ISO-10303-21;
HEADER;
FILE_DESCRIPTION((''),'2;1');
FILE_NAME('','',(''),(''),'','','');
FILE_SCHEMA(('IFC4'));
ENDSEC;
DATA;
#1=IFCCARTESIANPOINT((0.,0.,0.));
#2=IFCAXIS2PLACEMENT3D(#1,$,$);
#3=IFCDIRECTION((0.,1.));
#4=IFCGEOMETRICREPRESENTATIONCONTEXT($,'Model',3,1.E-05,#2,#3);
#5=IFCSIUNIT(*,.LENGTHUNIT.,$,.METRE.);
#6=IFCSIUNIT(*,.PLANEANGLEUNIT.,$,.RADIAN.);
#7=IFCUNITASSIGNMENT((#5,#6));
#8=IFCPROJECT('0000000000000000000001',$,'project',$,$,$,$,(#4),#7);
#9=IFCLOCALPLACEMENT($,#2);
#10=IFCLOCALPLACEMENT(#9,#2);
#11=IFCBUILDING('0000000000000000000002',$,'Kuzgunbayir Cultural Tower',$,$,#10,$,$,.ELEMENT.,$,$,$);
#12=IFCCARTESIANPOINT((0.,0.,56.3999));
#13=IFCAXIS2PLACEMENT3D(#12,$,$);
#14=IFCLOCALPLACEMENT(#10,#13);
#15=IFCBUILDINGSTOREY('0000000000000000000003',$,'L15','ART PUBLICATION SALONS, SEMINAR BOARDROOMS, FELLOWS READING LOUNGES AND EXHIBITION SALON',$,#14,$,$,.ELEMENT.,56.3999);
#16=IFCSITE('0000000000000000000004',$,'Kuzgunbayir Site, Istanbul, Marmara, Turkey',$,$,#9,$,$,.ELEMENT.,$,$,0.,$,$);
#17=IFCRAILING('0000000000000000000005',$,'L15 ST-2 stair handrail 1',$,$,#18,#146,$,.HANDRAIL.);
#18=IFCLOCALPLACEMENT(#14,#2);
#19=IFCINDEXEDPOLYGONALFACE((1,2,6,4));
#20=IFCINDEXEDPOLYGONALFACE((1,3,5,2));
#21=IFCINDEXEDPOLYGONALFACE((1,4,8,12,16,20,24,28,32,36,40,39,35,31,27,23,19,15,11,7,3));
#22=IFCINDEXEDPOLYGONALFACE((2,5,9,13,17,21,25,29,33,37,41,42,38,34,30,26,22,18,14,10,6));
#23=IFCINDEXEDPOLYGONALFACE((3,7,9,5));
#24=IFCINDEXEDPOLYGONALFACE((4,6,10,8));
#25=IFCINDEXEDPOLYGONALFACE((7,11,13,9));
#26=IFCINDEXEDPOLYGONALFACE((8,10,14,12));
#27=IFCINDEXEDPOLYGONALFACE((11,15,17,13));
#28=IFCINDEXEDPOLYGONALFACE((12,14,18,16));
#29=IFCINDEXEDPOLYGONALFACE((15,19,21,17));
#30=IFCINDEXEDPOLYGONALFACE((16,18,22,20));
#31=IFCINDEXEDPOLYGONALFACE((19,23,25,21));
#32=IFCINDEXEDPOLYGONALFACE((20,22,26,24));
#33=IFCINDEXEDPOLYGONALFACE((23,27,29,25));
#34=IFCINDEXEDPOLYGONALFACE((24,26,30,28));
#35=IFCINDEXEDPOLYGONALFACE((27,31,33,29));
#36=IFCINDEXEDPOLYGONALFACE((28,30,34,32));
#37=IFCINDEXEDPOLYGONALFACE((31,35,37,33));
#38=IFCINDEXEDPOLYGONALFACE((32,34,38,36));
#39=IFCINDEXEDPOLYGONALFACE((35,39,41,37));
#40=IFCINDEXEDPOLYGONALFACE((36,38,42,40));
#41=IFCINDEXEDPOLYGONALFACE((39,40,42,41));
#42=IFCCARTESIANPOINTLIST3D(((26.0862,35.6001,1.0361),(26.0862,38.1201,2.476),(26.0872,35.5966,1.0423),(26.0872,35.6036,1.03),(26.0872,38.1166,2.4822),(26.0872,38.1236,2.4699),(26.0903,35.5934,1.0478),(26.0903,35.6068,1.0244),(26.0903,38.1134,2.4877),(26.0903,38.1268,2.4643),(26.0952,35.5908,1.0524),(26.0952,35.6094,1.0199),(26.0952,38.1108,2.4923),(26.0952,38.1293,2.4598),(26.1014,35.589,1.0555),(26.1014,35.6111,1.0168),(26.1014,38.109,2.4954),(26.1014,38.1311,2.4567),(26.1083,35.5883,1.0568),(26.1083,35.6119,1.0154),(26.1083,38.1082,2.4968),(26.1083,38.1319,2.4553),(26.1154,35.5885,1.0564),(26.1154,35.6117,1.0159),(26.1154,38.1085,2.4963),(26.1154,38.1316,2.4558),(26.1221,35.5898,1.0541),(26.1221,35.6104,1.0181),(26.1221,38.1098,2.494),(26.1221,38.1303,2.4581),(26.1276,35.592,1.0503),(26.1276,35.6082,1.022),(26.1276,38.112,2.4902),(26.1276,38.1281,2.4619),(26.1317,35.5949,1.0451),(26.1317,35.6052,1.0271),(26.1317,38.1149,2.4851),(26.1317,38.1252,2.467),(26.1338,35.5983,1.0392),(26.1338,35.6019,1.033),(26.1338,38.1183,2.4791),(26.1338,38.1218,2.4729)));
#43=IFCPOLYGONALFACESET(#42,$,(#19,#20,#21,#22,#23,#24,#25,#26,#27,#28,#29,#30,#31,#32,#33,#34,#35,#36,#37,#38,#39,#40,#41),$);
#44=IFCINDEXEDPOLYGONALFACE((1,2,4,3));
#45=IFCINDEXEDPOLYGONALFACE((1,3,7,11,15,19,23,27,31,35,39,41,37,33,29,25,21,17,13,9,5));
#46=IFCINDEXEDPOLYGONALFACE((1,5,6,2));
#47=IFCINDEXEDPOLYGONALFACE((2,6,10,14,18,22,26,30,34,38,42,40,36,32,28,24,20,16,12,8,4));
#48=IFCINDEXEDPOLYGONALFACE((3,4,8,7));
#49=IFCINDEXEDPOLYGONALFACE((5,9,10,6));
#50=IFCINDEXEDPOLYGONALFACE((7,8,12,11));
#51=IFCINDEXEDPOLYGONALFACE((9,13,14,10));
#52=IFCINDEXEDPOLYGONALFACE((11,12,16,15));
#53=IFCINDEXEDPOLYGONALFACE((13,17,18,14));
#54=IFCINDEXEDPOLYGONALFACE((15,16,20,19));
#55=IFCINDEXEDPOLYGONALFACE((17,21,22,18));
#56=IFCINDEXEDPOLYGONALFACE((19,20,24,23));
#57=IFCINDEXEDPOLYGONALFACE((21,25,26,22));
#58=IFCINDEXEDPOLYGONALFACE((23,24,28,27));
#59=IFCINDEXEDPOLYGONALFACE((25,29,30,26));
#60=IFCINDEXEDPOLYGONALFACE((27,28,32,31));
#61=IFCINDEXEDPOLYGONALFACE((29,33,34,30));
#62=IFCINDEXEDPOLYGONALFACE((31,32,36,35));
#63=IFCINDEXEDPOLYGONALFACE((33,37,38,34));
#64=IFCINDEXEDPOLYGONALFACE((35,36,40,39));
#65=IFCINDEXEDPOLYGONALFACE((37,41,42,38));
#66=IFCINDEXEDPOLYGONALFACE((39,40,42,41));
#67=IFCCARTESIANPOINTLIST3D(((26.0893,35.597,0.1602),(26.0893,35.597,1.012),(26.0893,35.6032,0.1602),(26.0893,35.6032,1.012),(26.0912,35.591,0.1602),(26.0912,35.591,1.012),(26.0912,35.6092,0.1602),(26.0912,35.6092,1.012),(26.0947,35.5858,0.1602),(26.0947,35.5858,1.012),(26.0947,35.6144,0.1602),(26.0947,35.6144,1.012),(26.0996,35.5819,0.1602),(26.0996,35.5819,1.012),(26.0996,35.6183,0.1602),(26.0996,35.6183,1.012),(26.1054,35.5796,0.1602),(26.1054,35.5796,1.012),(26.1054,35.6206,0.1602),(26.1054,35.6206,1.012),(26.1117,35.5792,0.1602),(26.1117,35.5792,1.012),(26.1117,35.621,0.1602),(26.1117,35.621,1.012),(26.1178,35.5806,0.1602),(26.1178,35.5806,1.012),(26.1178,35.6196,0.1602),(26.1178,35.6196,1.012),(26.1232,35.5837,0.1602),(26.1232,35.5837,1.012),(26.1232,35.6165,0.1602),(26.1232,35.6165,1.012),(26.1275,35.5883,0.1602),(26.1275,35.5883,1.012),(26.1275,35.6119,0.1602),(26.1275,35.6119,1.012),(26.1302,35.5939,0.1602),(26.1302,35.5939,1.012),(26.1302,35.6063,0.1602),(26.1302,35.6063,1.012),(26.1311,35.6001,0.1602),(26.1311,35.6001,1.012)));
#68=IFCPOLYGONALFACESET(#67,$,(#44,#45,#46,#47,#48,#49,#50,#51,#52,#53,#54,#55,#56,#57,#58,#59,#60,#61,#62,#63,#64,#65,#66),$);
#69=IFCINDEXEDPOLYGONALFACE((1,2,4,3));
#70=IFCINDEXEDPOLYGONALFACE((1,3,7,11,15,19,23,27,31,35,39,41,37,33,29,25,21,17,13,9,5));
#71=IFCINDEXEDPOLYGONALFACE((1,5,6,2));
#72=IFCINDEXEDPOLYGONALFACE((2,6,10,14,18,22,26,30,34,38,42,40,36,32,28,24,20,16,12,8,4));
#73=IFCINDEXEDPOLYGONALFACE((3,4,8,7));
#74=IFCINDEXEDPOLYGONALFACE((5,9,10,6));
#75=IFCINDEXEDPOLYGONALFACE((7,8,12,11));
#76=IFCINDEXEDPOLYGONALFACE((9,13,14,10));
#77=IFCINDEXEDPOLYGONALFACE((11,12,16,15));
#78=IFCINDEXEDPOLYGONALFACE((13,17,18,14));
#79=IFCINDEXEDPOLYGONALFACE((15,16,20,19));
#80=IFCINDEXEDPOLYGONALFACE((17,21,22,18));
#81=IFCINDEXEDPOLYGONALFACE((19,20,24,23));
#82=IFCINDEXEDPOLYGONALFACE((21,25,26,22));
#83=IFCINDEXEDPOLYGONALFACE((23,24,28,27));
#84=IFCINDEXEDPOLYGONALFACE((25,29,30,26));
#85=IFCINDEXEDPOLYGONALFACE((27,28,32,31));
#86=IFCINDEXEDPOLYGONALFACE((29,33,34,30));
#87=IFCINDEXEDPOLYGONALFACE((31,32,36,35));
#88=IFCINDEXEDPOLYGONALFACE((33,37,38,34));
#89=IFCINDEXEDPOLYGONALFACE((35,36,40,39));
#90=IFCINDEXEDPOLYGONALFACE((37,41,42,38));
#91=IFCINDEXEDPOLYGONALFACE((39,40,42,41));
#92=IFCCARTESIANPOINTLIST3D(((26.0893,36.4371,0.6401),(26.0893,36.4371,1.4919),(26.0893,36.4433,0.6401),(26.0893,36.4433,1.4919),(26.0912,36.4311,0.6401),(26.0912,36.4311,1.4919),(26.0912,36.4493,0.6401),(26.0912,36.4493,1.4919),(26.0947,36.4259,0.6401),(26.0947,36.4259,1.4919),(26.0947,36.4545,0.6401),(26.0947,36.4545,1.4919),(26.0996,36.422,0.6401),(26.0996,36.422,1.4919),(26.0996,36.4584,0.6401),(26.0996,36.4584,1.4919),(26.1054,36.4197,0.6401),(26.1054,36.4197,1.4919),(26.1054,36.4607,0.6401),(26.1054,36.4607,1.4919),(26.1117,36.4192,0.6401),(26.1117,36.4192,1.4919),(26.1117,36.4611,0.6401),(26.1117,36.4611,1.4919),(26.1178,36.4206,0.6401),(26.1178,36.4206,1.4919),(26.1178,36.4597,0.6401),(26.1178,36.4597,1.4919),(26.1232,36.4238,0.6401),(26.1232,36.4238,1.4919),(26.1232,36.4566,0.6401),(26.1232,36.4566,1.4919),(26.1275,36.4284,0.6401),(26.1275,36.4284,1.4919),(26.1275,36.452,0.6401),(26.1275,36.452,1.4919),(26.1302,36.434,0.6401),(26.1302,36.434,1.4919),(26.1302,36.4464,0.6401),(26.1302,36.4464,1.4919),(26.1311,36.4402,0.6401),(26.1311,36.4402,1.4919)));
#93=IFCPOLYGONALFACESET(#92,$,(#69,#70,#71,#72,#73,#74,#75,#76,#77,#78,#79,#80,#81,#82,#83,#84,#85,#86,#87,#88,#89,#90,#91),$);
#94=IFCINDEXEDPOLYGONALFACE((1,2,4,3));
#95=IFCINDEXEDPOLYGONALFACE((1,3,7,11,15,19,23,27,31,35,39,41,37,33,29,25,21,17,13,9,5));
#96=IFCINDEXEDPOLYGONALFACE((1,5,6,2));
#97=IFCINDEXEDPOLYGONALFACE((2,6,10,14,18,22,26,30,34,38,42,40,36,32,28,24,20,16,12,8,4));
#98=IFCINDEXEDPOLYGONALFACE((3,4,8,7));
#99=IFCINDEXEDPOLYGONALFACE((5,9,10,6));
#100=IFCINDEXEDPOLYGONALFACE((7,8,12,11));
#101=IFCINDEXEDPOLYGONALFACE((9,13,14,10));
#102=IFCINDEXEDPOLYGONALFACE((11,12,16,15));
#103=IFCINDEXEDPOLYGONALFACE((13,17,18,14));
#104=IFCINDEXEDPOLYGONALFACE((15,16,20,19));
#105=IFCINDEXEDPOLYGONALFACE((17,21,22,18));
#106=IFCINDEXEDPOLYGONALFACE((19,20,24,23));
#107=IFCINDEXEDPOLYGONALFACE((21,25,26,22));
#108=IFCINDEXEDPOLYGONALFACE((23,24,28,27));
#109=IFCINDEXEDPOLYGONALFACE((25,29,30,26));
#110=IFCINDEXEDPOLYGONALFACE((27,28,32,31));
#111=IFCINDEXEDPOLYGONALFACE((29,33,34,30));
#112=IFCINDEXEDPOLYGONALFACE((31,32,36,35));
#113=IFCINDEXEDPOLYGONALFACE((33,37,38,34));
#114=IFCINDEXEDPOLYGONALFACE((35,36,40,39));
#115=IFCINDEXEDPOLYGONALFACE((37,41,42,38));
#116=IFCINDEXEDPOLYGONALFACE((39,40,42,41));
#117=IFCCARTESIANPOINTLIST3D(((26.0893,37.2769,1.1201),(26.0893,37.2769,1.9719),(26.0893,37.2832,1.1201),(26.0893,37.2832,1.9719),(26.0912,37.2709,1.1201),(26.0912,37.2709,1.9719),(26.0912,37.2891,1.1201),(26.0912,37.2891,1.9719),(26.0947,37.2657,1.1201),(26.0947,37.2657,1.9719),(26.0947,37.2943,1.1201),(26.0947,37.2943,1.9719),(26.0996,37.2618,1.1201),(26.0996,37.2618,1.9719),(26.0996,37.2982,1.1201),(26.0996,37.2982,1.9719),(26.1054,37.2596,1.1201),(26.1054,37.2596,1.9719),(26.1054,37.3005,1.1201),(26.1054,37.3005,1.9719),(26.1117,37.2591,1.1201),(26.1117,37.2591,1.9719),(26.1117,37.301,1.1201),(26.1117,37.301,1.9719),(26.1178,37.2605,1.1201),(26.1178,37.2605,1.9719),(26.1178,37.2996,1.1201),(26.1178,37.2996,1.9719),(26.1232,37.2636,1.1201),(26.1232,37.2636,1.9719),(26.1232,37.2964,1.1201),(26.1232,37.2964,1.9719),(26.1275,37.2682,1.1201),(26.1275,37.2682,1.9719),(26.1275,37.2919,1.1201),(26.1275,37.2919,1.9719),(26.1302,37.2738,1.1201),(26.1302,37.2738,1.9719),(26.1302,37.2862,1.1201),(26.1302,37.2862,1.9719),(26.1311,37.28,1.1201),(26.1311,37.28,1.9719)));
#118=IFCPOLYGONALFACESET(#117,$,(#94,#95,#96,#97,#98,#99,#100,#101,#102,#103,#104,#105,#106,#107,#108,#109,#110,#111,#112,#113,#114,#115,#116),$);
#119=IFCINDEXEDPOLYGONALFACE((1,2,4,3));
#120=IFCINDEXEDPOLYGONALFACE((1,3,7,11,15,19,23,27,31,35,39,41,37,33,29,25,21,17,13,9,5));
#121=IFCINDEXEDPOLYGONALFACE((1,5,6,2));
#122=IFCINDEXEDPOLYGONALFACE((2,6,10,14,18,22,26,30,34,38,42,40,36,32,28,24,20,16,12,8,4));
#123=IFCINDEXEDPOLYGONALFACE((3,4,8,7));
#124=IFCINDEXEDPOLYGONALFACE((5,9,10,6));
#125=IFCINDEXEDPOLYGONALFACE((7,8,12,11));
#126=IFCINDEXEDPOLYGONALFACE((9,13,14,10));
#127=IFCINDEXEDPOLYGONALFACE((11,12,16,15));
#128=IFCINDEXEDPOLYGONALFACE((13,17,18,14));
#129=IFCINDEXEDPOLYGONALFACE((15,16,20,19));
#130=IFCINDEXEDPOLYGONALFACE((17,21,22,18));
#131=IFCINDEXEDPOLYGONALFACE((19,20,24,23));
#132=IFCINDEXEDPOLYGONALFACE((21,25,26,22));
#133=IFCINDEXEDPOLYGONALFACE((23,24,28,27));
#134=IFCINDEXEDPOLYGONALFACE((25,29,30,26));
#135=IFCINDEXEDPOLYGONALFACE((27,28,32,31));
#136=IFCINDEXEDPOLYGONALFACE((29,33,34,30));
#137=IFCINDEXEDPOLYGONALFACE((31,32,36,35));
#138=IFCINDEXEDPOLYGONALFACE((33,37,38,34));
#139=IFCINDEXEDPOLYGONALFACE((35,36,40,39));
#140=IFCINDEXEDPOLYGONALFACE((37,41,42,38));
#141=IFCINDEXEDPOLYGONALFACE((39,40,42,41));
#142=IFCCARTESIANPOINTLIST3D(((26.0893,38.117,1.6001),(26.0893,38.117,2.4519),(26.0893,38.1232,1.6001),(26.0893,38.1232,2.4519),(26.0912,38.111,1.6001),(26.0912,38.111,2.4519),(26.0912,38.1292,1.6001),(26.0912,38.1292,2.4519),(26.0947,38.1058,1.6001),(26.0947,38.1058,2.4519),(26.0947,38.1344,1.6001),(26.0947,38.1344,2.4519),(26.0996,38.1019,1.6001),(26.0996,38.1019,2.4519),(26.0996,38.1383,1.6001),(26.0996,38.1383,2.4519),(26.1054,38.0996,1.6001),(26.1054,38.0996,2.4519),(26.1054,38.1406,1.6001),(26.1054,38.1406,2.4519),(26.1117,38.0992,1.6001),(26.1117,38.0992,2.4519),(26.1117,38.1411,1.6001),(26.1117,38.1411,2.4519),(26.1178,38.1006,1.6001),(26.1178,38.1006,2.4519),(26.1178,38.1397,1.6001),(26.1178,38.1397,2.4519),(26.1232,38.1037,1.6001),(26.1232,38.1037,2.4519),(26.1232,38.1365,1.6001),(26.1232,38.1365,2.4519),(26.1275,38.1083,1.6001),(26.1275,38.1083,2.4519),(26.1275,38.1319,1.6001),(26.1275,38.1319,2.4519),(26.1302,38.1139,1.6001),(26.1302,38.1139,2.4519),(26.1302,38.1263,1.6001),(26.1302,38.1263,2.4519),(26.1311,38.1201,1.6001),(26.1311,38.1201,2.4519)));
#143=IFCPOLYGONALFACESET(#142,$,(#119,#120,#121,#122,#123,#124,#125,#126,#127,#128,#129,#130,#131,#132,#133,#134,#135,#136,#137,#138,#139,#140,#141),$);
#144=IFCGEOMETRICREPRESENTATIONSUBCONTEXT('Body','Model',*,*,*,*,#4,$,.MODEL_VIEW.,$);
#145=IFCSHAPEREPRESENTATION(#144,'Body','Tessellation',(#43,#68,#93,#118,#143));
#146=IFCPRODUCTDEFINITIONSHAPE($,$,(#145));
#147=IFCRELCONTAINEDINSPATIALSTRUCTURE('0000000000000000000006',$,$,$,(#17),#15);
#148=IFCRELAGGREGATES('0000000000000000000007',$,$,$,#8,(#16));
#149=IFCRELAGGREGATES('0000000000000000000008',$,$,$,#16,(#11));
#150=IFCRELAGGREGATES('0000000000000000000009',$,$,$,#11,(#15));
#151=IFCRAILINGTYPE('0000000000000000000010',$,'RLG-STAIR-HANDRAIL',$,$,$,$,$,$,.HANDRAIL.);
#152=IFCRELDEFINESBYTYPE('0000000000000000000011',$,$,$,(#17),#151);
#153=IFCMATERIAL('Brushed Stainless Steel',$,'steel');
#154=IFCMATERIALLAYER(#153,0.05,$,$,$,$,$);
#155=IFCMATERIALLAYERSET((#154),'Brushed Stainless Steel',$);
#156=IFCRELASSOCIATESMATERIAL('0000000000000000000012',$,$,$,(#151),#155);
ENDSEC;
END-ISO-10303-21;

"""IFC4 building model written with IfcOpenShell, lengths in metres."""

from ifc_helpers import new_model, si_unit, direction, frame, origin, origin_2d, place, context, subcontext, project, spatial, circle, extrude, material, layer, layer_set, type_object, element, save


model = new_model("IFC4")

# Units and contexts
model_context = context("Model", 3, precision=1e-05, world=origin(), true_north=direction((0.0, 1.0)))
body_context = subcontext(model_context, "Body", "Model", "MODEL_VIEW")
ifc_project = project(units=[si_unit("LENGTHUNIT", "METRE"), si_unit("PLANEANGLEUNIT", "RADIAN")], contexts=[model_context])

# Site, building, storey
site_placement = place(None, origin())
site = spatial("IfcSite", under=ifc_project, at=site_placement, Name="Kuzgunbayir Site, Istanbul, Marmara, Turkey", CompositionType="ELEMENT", RefElevation=0.0)
building_placement = place(site_placement, origin())
building = spatial("IfcBuilding", under=site, at=building_placement, Name="Kuzgunbayir Cultural Tower", CompositionType="ELEMENT")
storey_placement = place(building_placement, frame((0.0, 0.0, 56.3999)))
storey = spatial("IfcBuildingStorey", under=building, at=storey_placement, Name="L15", Description="ART PUBLICATION SALONS, SEMINAR BOARDROOMS, FELLOWS READING LOUNGES AND EXHIBITION SALON", CompositionType="ELEMENT", Elevation=56.3999)

# Railing
ifc_material_1 = material(Name="Brushed Stainless Steel", Category="steel")
ifc_layer_1 = layer(ifc_material_1, 0.05)
ifc_layer_set_1 = layer_set([ifc_layer_1], Name="Brushed Stainless Steel")
railing_type_1 = type_object("IfcRailingType", Name="RLG-STAIR-HANDRAIL", PredefinedType="HANDRAIL", material=ifc_layer_set_1)
railing_1_placement = place(storey_placement, frame((26.1101, 35.6001, 0.1602)))
element("IfcRailing", 1, at=railing_1_placement, inside=storey, type_object=railing_type_1, Name="L15 ST-2 stair handrail 1", PredefinedType="HANDRAIL", context=body_context, shape_type="SweptSolid", body=[
    extrude(circle(Radius=0.0239, at=origin_2d()), frame((0.0, 0.0, 0.876), z_axis=(0.0, 0.868253, 0.496121), x_axis=(-1.0, 0.0, 0.0)), (0.0, 0.0, 1.0), 2.9023),
    extrude(circle(Radius=0.021, at=origin_2d()), origin(), (0.0, 0.0, 1.0), 0.8518),
    extrude(circle(Radius=0.021, at=origin_2d()), frame((0.0, 0.8401, 0.48)), (0.0, 0.0, 1.0), 0.8518),
    extrude(circle(Radius=0.021, at=origin_2d()), frame((0.0, 1.6799, 0.96)), (0.0, 0.0, 1.0), 0.8518),
    extrude(circle(Radius=0.021, at=origin_2d()), frame((0.0, 2.52, 1.4399)), (0.0, 0.0, 1.0), 0.8518),
])

save(model, "model.ifc")
